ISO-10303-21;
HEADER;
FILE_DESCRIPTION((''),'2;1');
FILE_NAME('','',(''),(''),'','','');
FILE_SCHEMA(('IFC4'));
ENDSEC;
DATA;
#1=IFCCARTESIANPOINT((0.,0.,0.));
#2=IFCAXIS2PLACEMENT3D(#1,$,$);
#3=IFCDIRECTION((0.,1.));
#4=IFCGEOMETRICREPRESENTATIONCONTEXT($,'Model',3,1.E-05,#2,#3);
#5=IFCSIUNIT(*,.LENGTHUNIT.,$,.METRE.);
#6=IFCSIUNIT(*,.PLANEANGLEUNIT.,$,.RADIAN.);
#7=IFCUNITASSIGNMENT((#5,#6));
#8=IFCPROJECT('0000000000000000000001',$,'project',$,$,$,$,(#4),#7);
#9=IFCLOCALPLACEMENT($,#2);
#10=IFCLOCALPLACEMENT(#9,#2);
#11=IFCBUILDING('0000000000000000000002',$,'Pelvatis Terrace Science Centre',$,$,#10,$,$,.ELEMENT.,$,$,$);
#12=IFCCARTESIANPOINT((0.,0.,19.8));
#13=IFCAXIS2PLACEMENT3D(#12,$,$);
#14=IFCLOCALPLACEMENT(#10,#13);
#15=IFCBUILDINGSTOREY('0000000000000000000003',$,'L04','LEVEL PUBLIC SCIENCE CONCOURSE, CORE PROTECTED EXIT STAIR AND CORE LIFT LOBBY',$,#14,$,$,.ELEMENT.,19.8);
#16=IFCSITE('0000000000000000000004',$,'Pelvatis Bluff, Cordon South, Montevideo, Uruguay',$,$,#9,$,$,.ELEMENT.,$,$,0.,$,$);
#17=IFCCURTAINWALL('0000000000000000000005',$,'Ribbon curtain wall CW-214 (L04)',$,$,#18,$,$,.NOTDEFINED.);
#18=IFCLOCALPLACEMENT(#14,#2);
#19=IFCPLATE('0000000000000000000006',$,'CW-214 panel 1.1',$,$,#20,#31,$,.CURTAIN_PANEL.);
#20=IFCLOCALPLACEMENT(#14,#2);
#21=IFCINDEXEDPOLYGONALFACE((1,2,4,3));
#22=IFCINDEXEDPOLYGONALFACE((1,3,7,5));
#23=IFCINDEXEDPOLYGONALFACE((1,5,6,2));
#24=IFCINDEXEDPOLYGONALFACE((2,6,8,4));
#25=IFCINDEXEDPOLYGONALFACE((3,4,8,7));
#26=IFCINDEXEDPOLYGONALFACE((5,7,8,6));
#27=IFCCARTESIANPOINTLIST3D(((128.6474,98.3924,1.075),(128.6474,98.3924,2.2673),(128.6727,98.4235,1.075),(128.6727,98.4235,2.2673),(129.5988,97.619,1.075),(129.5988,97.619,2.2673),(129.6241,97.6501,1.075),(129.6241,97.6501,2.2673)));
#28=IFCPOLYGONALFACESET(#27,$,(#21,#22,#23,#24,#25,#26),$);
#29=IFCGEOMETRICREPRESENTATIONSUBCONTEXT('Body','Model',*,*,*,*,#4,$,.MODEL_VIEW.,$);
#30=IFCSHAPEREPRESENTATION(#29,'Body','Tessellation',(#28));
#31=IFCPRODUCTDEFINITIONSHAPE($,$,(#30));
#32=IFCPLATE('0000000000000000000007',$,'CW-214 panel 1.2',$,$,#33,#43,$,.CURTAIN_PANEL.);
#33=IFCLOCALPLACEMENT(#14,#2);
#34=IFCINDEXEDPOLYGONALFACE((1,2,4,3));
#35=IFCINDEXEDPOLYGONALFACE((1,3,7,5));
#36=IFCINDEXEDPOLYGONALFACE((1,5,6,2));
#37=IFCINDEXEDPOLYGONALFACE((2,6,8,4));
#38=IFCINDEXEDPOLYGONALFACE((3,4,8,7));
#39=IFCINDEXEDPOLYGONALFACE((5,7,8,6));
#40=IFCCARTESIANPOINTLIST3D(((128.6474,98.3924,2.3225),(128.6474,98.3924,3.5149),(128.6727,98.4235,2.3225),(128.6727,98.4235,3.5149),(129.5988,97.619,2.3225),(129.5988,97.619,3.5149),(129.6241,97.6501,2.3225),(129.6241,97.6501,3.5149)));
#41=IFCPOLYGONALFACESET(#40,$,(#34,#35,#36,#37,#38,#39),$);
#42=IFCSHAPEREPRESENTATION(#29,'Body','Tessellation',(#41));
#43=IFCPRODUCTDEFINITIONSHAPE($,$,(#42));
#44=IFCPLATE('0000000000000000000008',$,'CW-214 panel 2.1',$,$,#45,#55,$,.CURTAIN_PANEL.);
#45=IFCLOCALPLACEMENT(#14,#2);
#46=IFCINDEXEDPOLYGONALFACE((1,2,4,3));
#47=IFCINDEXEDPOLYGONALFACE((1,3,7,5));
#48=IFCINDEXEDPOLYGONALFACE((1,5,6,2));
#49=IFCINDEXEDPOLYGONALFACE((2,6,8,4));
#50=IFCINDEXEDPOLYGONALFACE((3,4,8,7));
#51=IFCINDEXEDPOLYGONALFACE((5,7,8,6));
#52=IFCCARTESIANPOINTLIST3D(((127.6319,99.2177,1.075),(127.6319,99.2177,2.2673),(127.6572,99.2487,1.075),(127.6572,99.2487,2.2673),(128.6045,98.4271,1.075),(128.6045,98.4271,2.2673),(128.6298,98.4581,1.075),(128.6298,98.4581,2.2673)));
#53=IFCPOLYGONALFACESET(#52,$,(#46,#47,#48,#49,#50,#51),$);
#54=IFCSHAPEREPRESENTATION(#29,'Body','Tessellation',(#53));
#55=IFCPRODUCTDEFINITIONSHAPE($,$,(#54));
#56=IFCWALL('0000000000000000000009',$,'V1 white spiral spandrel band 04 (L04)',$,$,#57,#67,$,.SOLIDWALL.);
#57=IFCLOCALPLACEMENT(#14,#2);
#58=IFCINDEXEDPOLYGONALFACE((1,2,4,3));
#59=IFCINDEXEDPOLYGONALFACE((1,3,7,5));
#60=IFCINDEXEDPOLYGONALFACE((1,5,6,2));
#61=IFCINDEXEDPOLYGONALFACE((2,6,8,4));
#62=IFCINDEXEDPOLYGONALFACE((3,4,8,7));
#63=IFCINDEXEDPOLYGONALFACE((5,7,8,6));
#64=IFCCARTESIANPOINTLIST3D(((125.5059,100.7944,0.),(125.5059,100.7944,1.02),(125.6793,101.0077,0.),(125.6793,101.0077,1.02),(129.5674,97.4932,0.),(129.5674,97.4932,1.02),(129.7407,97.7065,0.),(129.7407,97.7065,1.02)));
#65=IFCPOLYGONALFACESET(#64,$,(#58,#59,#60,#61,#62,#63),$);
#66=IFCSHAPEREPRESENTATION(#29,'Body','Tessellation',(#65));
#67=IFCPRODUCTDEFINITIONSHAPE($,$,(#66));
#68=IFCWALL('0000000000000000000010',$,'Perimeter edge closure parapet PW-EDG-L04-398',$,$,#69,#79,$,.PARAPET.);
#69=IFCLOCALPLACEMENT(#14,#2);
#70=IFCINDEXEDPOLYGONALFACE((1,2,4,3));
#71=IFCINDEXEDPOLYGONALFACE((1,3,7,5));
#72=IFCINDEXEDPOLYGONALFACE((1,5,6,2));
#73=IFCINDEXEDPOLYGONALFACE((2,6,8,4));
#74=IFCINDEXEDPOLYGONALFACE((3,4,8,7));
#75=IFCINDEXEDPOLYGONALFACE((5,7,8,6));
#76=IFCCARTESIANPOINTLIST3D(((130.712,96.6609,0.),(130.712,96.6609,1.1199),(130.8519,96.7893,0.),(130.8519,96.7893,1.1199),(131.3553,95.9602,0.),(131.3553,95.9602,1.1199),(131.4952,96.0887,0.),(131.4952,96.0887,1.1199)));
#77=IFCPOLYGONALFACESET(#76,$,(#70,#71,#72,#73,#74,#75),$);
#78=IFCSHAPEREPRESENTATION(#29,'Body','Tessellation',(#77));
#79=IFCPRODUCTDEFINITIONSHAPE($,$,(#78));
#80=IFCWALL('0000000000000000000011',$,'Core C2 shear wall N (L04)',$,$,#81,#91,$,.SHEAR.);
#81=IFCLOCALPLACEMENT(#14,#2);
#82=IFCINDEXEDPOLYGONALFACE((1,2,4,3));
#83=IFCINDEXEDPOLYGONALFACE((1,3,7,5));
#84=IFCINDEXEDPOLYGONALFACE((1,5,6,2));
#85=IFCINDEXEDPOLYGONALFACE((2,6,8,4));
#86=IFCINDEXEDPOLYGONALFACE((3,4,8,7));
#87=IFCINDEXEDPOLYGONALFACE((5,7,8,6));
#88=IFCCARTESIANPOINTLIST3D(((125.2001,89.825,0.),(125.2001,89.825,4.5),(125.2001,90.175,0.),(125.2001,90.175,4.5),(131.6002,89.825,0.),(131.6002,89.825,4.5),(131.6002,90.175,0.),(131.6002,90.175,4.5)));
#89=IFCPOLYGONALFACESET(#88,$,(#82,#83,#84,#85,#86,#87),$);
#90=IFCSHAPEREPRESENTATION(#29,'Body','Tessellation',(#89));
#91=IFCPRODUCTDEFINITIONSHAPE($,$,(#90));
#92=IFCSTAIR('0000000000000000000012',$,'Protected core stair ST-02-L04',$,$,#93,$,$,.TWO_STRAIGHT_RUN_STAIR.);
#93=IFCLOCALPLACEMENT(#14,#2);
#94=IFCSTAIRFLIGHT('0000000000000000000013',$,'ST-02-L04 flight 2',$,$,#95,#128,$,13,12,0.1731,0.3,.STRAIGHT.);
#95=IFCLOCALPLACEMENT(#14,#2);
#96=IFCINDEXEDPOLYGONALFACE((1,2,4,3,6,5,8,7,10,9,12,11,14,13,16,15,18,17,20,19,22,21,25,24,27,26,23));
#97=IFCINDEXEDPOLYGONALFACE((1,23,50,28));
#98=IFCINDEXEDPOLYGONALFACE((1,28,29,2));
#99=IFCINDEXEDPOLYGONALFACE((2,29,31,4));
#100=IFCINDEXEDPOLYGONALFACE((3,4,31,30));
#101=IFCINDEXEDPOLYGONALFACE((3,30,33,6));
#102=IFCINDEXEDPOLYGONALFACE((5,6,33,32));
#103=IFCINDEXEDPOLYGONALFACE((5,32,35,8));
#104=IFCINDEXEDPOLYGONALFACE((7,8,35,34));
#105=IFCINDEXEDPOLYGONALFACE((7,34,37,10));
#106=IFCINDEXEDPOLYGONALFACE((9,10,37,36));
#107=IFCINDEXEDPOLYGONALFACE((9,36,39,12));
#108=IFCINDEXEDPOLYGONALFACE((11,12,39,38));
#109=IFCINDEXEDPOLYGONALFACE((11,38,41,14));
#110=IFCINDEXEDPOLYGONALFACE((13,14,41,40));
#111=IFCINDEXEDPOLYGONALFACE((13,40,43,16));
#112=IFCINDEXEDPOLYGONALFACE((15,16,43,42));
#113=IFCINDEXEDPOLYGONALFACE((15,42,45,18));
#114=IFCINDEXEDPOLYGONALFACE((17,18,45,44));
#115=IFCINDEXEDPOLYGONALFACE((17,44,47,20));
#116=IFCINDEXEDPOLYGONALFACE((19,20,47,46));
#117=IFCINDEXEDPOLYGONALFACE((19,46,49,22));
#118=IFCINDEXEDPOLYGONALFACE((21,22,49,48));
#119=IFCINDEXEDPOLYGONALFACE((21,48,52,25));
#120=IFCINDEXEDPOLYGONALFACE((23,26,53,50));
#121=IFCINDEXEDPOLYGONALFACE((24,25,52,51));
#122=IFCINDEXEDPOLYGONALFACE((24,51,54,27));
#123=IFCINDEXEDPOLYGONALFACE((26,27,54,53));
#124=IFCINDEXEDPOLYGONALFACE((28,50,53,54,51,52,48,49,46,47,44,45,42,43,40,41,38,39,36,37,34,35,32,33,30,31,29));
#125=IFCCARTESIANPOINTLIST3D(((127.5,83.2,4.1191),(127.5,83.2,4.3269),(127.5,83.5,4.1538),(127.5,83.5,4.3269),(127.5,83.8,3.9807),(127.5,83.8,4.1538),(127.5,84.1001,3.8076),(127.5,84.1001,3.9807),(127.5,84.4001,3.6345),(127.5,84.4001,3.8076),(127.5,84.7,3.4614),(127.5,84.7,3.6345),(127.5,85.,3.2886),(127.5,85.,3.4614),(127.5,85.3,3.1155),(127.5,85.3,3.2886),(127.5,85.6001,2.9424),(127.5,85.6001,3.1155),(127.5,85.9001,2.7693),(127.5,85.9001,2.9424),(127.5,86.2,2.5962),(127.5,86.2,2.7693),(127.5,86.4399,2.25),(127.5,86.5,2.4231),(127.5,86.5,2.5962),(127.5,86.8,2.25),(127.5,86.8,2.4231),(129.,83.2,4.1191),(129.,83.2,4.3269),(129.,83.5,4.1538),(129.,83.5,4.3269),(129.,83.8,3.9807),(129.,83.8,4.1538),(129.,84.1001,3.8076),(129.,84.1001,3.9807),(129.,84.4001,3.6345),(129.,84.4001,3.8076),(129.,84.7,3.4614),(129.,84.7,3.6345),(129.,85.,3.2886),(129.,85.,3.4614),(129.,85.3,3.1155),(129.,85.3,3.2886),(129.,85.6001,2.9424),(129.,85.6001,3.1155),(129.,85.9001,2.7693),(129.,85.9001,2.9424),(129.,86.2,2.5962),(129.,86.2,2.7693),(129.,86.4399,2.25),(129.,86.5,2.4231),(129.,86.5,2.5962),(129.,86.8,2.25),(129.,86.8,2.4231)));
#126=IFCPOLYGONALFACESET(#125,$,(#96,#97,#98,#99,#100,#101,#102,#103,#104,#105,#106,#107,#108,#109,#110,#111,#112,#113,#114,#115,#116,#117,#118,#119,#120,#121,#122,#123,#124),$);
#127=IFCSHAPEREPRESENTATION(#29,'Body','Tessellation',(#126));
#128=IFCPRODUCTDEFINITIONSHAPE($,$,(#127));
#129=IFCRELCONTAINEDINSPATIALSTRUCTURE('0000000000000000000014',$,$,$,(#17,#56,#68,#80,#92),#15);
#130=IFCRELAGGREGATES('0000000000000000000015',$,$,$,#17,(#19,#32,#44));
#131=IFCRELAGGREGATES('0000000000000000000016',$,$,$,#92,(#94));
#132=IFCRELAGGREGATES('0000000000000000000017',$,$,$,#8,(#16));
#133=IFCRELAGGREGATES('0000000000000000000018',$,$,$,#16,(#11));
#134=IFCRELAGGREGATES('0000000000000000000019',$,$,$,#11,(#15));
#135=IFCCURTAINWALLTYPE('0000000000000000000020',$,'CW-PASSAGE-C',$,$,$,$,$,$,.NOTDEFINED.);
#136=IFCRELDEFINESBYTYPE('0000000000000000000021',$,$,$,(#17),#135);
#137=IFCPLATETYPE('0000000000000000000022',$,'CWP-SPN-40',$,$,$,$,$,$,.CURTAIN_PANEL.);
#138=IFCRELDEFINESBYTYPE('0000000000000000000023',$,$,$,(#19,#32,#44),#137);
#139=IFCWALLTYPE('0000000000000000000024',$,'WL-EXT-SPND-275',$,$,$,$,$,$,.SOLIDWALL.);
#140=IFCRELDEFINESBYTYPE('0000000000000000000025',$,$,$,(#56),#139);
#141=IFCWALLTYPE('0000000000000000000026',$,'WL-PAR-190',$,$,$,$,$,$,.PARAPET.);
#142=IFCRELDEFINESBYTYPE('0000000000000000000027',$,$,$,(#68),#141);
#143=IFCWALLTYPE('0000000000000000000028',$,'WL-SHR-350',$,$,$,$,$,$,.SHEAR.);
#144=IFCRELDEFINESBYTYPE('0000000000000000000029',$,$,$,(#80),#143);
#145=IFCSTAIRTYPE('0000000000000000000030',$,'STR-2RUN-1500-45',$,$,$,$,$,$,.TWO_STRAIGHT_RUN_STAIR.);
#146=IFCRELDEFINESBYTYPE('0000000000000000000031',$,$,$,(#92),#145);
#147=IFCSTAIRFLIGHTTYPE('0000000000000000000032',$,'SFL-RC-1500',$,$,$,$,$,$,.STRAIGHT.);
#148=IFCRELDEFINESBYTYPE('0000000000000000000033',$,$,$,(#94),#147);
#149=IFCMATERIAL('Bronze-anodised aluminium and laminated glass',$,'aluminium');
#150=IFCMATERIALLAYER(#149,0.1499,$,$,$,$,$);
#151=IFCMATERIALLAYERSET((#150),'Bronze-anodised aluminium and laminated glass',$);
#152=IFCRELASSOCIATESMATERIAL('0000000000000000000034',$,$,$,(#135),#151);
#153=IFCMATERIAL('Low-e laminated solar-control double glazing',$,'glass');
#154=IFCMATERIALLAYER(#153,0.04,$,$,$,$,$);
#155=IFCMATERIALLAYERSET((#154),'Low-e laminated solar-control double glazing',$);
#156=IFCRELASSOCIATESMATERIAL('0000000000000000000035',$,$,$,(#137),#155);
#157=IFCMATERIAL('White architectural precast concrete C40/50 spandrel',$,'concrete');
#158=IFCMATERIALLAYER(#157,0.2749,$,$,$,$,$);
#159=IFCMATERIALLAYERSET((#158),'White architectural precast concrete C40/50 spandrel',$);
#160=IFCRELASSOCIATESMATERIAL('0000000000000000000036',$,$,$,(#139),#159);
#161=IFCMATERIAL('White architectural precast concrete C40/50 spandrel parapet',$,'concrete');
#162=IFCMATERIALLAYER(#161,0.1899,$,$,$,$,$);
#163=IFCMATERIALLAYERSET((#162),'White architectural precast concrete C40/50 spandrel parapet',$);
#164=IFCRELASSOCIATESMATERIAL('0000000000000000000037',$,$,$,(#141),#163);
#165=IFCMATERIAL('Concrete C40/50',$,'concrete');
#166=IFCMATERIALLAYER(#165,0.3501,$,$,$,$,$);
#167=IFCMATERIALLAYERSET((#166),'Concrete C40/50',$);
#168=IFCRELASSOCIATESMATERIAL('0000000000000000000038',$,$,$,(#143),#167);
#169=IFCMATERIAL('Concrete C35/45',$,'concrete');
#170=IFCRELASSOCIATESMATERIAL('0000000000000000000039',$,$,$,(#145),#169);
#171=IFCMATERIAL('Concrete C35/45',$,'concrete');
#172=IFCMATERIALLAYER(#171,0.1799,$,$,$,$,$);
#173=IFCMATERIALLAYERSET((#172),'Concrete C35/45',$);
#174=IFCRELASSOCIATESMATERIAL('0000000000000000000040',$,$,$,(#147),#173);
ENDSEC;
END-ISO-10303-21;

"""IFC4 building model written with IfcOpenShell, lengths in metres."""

from ifc_helpers import new_model, si_unit, direction, frame, frame_2d, origin, origin_2d, place, context, subcontext, project, spatial, polyline, rectangle, outline, extrude, material, layer, layer_set, type_object, element, aggregate, save


model = new_model("IFC4")

# Units and contexts
model_context = context("Model", 3, precision=1e-05, world=origin(), true_north=direction((0.0, 1.0)))
body_context = subcontext(model_context, "Body", "Model", "MODEL_VIEW")
ifc_project = project(units=[si_unit("LENGTHUNIT", "METRE"), si_unit("PLANEANGLEUNIT", "RADIAN")], contexts=[model_context])

# Site, building, storey
site_placement = place(None, origin())
site = spatial("IfcSite", under=ifc_project, at=site_placement, Name="Pelvatis Bluff, Cordon South, Montevideo, Uruguay", CompositionType="ELEMENT", RefElevation=0.0)
building_placement = place(site_placement, origin())
building = spatial("IfcBuilding", under=site, at=building_placement, Name="Pelvatis Terrace Science Centre", CompositionType="ELEMENT")
storey_placement = place(building_placement, frame((0.0, 0.0, 19.8)))
storey = spatial("IfcBuildingStorey", under=building, at=storey_placement, Name="L04", Description="LEVEL PUBLIC SCIENCE CONCOURSE, CORE PROTECTED EXIT STAIR AND CORE LIFT LOBBY", CompositionType="ELEMENT", Elevation=19.8)

# Curtain wall
ifc_material_1 = material(Name="Bronze-anodised aluminium and laminated glass", Category="aluminium")
ifc_layer_1 = layer(ifc_material_1, 0.1499)
ifc_layer_set_1 = layer_set([ifc_layer_1], Name="Bronze-anodised aluminium and laminated glass")
curtain_wall_type = type_object("IfcCurtainWallType", Name="CW-PASSAGE-C", PredefinedType="NOTDEFINED", material=ifc_layer_set_1)
curtain_wall_1_placement = place(storey_placement, origin())
curtain_wall_1 = element("IfcCurtainWall", 1, at=curtain_wall_1_placement, inside=storey, type_object=curtain_wall_type, Name="Ribbon curtain wall CW-214 (L04)", PredefinedType="NOTDEFINED")

# Plates
ifc_material_2 = material(Name="Low-e laminated solar-control double glazing", Category="glass")
ifc_layer_2 = layer(ifc_material_2, 0.04)
ifc_layer_set_2 = layer_set([ifc_layer_2], Name="Low-e laminated solar-control double glazing")
plate_type = type_object("IfcPlateType", Name="CWP-SPN-40", PredefinedType="CURTAIN_PANEL", material=ifc_layer_set_2)
plate_1_placement = place(storey_placement, frame((129.1357, 98.0212, 1.075), z_axis=(0.0, 0.0, 1.0), x_axis=(-0.77598, 0.630757, 0.0)))
plate_1 = element("IfcPlate", 2, at=plate_1_placement, type_object=plate_type, Name="CW-214 panel 1.1", PredefinedType="CURTAIN_PANEL", context=body_context, shape_type="SweptSolid", body=[
    extrude(rectangle(XDim=1.2261, YDim=0.04, at=origin_2d()), origin(), (0.0, 0.0, 1.0), 1.1924),
])
plate_2_placement = place(storey_placement, frame((129.1357, 98.0212, 2.3225), z_axis=(0.0, 0.0, 1.0), x_axis=(-0.77598, 0.630757, 0.0)))
plate_2 = element("IfcPlate", 3, at=plate_2_placement, type_object=plate_type, Name="CW-214 panel 1.2", PredefinedType="CURTAIN_PANEL", context=body_context, shape_type="SweptSolid", body=[
    extrude(rectangle(XDim=1.2261, YDim=0.04, at=origin_2d()), origin(), (0.0, 0.0, 1.0), 1.1924),
])
plate_3_placement = place(storey_placement, frame((128.1309, 98.8379, 1.075), z_axis=(0.0, 0.0, 1.0), x_axis=(-0.77598, 0.630757, 0.0)))
plate_3 = element("IfcPlate", 4, at=plate_3_placement, type_object=plate_type, Name="CW-214 panel 2.1", PredefinedType="CURTAIN_PANEL", context=body_context, shape_type="SweptSolid", body=[
    extrude(rectangle(XDim=1.2534, YDim=0.04, at=origin_2d()), origin(), (0.0, 0.0, 1.0), 1.1924),
])
aggregate(curtain_wall_1, [plate_1, plate_2, plate_3])

# Walls
ifc_material_3 = material(Name="White architectural precast concrete C40/50 spandrel", Category="concrete")
ifc_layer_3 = layer(ifc_material_3, 0.2749)
ifc_layer_set_3 = layer_set([ifc_layer_3], Name="White architectural precast concrete C40/50 spandrel")
wall_type_1 = type_object("IfcWallType", Name="WL-EXT-SPND-275", PredefinedType="SOLIDWALL", material=ifc_layer_set_3)
wall_1_placement = place(storey_placement, frame((129.6541, 97.5999, 0.0), z_axis=(0.0, 0.0, 1.0), x_axis=(-0.775994, 0.63074, 0.0)))
element("IfcWall", 5, at=wall_1_placement, inside=storey, type_object=wall_type_1, Name="V1 white spiral spandrel band 04 (L04)", PredefinedType="SOLIDWALL", context=body_context, shape_type="SweptSolid", body=[
    extrude(rectangle(XDim=5.2339, YDim=0.2749, at=frame_2d((2.6169, 0.0))), origin(), (0.0, 0.0, 1.0), 1.02),
])
ifc_material_4 = material(Name="White architectural precast concrete C40/50 spandrel parapet", Category="concrete")
ifc_layer_4 = layer(ifc_material_4, 0.1899)
ifc_layer_set_4 = layer_set([ifc_layer_4], Name="White architectural precast concrete C40/50 spandrel parapet")
wall_type_2 = type_object("IfcWallType", Name="WL-PAR-190", PredefinedType="PARAPET", material=ifc_layer_set_4)
wall_2_placement = place(storey_placement, frame((130.782, 96.7251, 0.0), z_axis=(0.0, 0.0, 1.0), x_axis=(0.676306, -0.736621, 0.0)))
element("IfcWall", 6, at=wall_2_placement, inside=storey, type_object=wall_type_2, Name="Perimeter edge closure parapet PW-EDG-L04-398", PredefinedType="PARAPET", context=body_context, shape_type="SweptSolid", body=[
    extrude(rectangle(XDim=0.9512, YDim=0.1899, at=frame_2d((0.4756, 0.0))), origin(), (0.0, 0.0, 1.0), 1.1199),
])
ifc_material_5 = material(Name="Concrete C40/50", Category="concrete")
ifc_layer_5 = layer(ifc_material_5, 0.3501)
ifc_layer_set_5 = layer_set([ifc_layer_5], Name="Concrete C40/50")
wall_type_3 = type_object("IfcWallType", Name="WL-SHR-350", PredefinedType="SHEAR", material=ifc_layer_set_5)
wall_3_placement = place(storey_placement, frame((125.2, 90.0, 0.0), z_axis=(0.0, 0.0, 1.0), x_axis=(1.0, 0.0, 0.0)))
element("IfcWall", 7, at=wall_3_placement, inside=storey, type_object=wall_type_3, Name="Core C2 shear wall N (L04)", PredefinedType="SHEAR", context=body_context, shape_type="SweptSolid", body=[
    extrude(rectangle(XDim=6.4001, YDim=0.3501, at=frame_2d((3.2002, 0.0))), origin(), (0.0, 0.0, 1.0), 4.5),
])

# Stair, stair flight
ifc_material_6 = material(Name="Concrete C35/45", Category="concrete")
stair_type = type_object("IfcStairType", Name="STR-2RUN-1500-45", PredefinedType="TWO_STRAIGHT_RUN_STAIR", material=ifc_material_6)
stair_placement = place(storey_placement, origin())
stair = element("IfcStair", 8, at=stair_placement, inside=storey, type_object=stair_type, Name="Protected core stair ST-02-L04", PredefinedType="TWO_STRAIGHT_RUN_STAIR")
ifc_material_7 = material(Name="Concrete C35/45", Category="concrete")
ifc_layer_6 = layer(ifc_material_7, 0.1799)
ifc_layer_set_6 = layer_set([ifc_layer_6], Name="Concrete C35/45")
stair_flight_type = type_object("IfcStairFlightType", Name="SFL-RC-1500", PredefinedType="STRAIGHT", material=ifc_layer_set_6)
stair_flight_placement = place(storey_placement, frame((128.25, 86.8, 2.25), z_axis=(0.0, 0.0, 1.0), x_axis=(0.0, -1.0, 0.0)))
stair_flight = element("IfcStairFlight", 9, at=stair_flight_placement, type_object=stair_flight_type, Name="ST-02-L04 flight 2", NumberOfRisers=13, NumberOfTreads=12, PredefinedType="STRAIGHT", RiserHeight=0.1731, TreadLength=0.3, context=body_context, shape_type="SweptSolid", body=[
    extrude(outline(polyline([(0.0, 0.0), (0.0, 0.1731), (0.3, 0.1731), (0.3, 0.3462), (0.6001, 0.3462), (0.6001, 0.5193), (0.8999, 0.5193), (0.8999, 0.6924), (1.2, 0.6924), (1.2, 0.8655), (1.5, 0.8655), (1.5, 1.0386), (1.8, 1.0386), (1.8, 1.2114), (2.1001, 1.2114), (2.1001, 1.3845), (2.3999, 1.3845), (2.3999, 1.5576), (2.7, 1.5576), (2.7, 1.7307), (3.0, 1.7307), (3.0, 1.9038), (3.3, 1.9038), (3.3, 2.0769), (3.6001, 2.0769), (3.6001, 2.25), (3.6001, 1.8691), (0.3601, 0.0), (0.0, 0.0)])), frame((0.0, 0.75, 0.0), z_axis=(0.0, -1.0, 0.0), x_axis=(1.0, 0.0, 0.0)), (0.0, 0.0, 1.0), 1.5),
])
aggregate(stair, [stair_flight])

save(model, "model.ifc")
